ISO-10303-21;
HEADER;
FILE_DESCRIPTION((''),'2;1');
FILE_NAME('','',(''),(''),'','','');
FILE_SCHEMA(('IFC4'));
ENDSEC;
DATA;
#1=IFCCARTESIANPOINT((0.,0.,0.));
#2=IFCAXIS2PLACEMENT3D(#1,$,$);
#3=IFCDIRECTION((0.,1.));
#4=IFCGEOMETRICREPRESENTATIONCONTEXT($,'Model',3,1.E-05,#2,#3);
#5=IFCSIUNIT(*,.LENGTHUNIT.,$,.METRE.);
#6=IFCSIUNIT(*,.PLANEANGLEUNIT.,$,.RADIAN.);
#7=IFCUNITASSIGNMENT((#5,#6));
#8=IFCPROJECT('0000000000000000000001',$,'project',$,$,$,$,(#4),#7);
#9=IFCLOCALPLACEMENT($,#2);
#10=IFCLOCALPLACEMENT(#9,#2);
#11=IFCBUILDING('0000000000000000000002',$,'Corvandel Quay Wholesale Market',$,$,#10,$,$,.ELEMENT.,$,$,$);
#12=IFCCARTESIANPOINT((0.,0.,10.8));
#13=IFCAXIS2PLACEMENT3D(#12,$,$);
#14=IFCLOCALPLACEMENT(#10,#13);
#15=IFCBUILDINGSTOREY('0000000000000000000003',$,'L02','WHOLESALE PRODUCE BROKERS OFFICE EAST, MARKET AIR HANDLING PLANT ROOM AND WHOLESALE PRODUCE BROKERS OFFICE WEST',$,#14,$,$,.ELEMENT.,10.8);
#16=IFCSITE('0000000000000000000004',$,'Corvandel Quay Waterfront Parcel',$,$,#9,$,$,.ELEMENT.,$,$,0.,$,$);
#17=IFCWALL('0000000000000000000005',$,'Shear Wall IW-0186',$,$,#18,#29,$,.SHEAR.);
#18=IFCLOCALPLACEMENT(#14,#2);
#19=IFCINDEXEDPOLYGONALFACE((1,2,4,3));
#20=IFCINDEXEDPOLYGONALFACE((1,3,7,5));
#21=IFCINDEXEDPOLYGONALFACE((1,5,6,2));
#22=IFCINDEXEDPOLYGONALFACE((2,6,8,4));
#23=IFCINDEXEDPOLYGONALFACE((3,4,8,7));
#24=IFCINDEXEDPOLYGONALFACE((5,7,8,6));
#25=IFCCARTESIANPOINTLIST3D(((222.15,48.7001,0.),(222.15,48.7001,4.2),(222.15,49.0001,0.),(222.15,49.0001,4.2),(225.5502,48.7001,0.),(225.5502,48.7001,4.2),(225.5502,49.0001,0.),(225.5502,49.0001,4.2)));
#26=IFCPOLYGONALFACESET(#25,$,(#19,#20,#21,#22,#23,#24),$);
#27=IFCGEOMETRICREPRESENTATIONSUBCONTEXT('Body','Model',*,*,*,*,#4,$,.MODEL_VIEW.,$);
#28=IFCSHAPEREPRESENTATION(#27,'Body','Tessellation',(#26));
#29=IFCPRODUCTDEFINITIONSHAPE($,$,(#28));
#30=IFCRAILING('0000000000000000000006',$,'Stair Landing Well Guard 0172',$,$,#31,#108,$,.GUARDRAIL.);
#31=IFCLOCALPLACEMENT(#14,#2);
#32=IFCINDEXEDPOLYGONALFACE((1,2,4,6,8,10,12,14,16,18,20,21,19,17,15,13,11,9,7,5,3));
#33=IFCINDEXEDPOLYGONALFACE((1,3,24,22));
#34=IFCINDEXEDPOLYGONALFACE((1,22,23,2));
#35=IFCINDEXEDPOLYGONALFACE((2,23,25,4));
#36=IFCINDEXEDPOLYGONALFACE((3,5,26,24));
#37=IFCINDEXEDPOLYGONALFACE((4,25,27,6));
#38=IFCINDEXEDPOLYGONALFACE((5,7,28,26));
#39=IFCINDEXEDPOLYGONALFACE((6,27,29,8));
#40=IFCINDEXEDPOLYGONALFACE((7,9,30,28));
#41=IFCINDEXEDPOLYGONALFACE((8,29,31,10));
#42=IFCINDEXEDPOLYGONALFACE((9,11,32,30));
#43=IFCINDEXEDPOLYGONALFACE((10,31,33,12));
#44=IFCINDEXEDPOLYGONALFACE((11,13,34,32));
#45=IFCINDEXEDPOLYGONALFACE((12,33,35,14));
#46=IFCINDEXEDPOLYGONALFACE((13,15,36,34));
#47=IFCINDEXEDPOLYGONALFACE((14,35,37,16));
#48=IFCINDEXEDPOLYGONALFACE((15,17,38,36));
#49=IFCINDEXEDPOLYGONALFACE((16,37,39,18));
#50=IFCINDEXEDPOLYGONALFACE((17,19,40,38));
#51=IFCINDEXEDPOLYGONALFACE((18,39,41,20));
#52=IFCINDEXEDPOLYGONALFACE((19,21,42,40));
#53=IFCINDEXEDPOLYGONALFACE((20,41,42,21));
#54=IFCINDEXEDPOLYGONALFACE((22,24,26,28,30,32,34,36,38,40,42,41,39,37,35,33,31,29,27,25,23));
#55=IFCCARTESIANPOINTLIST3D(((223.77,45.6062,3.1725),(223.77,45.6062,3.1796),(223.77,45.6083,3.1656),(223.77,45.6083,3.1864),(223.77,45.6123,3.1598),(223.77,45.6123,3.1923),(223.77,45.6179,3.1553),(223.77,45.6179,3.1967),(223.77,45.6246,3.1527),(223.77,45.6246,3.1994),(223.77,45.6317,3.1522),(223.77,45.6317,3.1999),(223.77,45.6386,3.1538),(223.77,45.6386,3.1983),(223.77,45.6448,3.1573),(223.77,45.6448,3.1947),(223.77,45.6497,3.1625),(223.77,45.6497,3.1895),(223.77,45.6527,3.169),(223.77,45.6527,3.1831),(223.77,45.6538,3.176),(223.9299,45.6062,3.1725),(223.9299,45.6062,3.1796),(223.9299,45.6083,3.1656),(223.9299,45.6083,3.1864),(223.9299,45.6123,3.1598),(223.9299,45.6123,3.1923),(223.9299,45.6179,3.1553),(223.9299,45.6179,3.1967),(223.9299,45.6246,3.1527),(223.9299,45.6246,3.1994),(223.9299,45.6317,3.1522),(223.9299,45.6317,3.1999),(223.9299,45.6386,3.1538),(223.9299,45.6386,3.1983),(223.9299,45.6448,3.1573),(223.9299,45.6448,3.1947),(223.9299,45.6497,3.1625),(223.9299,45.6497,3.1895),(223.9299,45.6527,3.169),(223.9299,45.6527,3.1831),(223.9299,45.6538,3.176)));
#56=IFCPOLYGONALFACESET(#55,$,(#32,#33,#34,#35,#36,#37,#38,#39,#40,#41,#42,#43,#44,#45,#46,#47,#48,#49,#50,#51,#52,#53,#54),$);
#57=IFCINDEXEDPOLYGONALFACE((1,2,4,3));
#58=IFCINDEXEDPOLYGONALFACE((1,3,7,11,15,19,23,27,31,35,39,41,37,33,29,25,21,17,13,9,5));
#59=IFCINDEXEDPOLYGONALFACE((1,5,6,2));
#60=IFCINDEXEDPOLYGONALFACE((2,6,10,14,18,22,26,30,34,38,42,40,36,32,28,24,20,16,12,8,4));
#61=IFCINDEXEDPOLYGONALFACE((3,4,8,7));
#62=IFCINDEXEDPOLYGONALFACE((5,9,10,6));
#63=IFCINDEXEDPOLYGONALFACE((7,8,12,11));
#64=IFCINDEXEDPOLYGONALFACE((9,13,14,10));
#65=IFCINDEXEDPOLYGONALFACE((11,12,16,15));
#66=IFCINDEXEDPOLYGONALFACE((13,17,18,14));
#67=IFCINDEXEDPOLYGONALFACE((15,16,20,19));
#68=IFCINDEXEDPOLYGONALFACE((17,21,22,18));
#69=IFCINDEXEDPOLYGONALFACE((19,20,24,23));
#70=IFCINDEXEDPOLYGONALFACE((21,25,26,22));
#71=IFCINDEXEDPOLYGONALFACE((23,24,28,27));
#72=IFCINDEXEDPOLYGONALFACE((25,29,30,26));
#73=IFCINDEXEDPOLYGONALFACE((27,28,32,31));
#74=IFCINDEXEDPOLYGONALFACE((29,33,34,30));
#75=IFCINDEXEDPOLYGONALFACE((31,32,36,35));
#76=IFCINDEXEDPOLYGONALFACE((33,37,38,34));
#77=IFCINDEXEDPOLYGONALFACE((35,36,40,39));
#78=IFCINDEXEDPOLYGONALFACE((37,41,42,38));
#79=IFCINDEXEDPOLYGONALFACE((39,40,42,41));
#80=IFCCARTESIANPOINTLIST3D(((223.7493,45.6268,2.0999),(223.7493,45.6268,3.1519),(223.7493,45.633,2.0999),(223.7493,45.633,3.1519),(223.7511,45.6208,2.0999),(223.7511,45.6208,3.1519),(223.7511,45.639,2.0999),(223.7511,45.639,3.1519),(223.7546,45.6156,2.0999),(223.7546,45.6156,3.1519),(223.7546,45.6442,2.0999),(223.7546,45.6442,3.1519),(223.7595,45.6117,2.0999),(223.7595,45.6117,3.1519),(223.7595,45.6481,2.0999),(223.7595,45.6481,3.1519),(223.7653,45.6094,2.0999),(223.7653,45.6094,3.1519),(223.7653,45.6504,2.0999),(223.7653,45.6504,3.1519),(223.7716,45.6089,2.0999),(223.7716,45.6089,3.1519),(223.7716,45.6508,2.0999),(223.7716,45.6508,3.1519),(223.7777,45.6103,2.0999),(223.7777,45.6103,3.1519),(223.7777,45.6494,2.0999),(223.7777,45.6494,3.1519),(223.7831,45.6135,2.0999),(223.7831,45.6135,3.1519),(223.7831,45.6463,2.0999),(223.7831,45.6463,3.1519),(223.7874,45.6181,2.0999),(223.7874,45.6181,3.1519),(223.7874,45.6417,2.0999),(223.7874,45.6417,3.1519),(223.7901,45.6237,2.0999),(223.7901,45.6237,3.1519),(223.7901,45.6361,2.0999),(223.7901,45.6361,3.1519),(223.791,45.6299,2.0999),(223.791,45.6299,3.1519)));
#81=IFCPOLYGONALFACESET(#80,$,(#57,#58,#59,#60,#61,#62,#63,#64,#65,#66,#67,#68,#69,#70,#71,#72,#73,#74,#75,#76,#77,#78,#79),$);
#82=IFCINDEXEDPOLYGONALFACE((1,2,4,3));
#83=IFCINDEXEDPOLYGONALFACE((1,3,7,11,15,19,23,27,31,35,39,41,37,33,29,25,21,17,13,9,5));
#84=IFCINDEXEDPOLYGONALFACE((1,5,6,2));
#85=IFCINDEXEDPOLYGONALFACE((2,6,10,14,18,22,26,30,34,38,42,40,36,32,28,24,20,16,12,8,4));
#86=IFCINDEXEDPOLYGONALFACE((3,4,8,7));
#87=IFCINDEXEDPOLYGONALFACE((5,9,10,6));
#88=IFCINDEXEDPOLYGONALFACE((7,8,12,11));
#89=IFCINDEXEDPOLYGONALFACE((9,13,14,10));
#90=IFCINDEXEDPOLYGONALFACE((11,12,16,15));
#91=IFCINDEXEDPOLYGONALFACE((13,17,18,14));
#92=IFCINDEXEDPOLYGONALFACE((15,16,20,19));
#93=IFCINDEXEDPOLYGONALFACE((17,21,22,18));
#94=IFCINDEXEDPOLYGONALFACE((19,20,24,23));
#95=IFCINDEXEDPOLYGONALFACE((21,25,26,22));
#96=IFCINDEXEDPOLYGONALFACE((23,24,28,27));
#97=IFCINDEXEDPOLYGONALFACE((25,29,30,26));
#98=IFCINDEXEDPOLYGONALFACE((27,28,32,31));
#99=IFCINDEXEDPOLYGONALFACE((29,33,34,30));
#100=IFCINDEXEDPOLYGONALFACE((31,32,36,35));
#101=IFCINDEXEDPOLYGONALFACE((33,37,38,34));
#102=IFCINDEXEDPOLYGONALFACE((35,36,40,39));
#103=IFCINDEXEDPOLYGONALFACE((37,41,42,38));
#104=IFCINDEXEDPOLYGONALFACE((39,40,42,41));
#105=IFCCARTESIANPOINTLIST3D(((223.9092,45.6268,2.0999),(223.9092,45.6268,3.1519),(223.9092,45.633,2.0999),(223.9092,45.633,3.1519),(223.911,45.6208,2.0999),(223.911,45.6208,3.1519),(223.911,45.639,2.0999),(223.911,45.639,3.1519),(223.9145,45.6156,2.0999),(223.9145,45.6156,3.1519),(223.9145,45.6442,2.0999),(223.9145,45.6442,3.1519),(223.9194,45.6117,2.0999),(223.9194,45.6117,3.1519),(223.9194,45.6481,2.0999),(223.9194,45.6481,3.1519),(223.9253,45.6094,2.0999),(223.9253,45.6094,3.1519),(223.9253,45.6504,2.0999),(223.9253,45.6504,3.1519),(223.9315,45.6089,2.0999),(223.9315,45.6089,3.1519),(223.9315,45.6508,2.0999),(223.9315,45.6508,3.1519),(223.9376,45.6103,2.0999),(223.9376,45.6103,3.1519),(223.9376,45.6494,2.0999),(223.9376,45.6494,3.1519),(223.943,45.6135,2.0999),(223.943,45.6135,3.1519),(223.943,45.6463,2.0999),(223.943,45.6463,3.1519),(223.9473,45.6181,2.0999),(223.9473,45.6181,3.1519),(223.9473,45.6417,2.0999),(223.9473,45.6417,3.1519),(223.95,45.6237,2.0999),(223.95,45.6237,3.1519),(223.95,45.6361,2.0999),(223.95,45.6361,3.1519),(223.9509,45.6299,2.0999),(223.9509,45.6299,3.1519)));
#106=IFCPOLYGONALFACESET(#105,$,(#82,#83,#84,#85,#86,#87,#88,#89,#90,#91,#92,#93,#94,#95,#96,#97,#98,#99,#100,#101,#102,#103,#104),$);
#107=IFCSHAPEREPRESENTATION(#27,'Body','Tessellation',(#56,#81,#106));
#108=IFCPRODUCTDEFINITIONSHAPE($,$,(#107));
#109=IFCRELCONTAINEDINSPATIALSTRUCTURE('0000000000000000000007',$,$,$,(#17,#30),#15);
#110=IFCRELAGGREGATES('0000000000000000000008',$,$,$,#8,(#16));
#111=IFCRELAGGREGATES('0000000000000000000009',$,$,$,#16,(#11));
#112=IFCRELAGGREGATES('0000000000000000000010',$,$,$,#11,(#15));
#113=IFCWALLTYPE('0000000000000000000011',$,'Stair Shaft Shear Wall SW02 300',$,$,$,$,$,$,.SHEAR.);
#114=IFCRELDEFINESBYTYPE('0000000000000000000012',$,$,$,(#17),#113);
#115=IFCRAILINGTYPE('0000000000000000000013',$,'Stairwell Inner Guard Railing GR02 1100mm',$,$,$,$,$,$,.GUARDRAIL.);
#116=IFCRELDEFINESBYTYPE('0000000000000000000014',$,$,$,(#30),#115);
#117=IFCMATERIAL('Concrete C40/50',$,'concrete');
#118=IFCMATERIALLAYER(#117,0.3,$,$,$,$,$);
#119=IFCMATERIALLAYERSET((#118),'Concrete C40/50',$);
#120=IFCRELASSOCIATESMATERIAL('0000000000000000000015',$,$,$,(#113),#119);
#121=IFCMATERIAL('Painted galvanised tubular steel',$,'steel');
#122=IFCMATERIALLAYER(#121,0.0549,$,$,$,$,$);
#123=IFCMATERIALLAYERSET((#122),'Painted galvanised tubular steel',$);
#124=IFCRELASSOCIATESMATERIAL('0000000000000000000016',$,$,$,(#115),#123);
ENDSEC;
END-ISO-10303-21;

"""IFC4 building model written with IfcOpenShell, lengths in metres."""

from ifc_helpers import new_model, si_unit, direction, frame, frame_2d, origin, origin_2d, place, context, subcontext, project, spatial, rectangle, circle, extrude, material, layer, layer_set, type_object, element, save


model = new_model("IFC4")

# Units and contexts
model_context = context("Model", 3, precision=1e-05, world=origin(), true_north=direction((0.0, 1.0)))
body_context = subcontext(model_context, "Body", "Model", "MODEL_VIEW")
ifc_project = project(units=[si_unit("LENGTHUNIT", "METRE"), si_unit("PLANEANGLEUNIT", "RADIAN")], contexts=[model_context])

# Site, building, storey
site_placement = place(None, origin())
site = spatial("IfcSite", under=ifc_project, at=site_placement, Name="Corvandel Quay Waterfront Parcel", CompositionType="ELEMENT", RefElevation=0.0)
building_placement = place(site_placement, origin())
building = spatial("IfcBuilding", under=site, at=building_placement, Name="Corvandel Quay Wholesale Market", CompositionType="ELEMENT")
storey_placement = place(building_placement, frame((0.0, 0.0, 10.8)))
storey = spatial("IfcBuildingStorey", under=building, at=storey_placement, Name="L02", Description="WHOLESALE PRODUCE BROKERS OFFICE EAST, MARKET AIR HANDLING PLANT ROOM AND WHOLESALE PRODUCE BROKERS OFFICE WEST", CompositionType="ELEMENT", Elevation=10.8)

# Wall
ifc_material_1 = material(Name="Concrete C40/50", Category="concrete")
ifc_layer_1 = layer(ifc_material_1, 0.3)
ifc_layer_set_1 = layer_set([ifc_layer_1], Name="Concrete C40/50")
wall_type = type_object("IfcWallType", Name="Stair Shaft Shear Wall SW02 300", PredefinedType="SHEAR", material=ifc_layer_set_1)
wall_placement = place(storey_placement, frame((222.1499, 48.8501, 0.0), z_axis=(0.0, 0.0, 1.0), x_axis=(1.0, 0.0, 0.0)))
element("IfcWall", 1, at=wall_placement, inside=storey, type_object=wall_type, Name="Shear Wall IW-0186", PredefinedType="SHEAR", context=body_context, shape_type="SweptSolid", body=[
    extrude(rectangle(XDim=3.4001, YDim=0.3, at=frame_2d((1.7002, 0.0))), origin(), (0.0, 0.0, 1.0), 4.2),
])

# Railing
ifc_material_2 = material(Name="Painted galvanised tubular steel", Category="steel")
ifc_layer_2 = layer(ifc_material_2, 0.0549)
ifc_layer_set_2 = layer_set([ifc_layer_2], Name="Painted galvanised tubular steel")
railing_type = type_object("IfcRailingType", Name="Stairwell Inner Guard Railing GR02 1100mm", PredefinedType="GUARDRAIL", material=ifc_layer_set_2)
railing_placement = place(storey_placement, frame((223.77, 45.6299, 2.0999)))
element("IfcRailing", 2, at=railing_placement, inside=storey, type_object=railing_type, Name="Stair Landing Well Guard 0172", PredefinedType="GUARDRAIL", context=body_context, shape_type="SweptSolid", body=[
    extrude(circle(Radius=0.0239, at=origin_2d()), frame((0.0, 0.0, 1.0762), z_axis=(1.0, 0.0, 0.0), x_axis=(0.0, 1.0, 0.0)), (0.0, 0.0, 1.0), 0.1599),
    extrude(circle(Radius=0.021, at=origin_2d()), origin(), (0.0, 0.0, 1.0), 1.052),
    extrude(circle(Radius=0.021, at=origin_2d()), frame((0.1599, 0.0, 0.0)), (0.0, 0.0, 1.0), 1.052),
])

save(model, "model.ifc")
